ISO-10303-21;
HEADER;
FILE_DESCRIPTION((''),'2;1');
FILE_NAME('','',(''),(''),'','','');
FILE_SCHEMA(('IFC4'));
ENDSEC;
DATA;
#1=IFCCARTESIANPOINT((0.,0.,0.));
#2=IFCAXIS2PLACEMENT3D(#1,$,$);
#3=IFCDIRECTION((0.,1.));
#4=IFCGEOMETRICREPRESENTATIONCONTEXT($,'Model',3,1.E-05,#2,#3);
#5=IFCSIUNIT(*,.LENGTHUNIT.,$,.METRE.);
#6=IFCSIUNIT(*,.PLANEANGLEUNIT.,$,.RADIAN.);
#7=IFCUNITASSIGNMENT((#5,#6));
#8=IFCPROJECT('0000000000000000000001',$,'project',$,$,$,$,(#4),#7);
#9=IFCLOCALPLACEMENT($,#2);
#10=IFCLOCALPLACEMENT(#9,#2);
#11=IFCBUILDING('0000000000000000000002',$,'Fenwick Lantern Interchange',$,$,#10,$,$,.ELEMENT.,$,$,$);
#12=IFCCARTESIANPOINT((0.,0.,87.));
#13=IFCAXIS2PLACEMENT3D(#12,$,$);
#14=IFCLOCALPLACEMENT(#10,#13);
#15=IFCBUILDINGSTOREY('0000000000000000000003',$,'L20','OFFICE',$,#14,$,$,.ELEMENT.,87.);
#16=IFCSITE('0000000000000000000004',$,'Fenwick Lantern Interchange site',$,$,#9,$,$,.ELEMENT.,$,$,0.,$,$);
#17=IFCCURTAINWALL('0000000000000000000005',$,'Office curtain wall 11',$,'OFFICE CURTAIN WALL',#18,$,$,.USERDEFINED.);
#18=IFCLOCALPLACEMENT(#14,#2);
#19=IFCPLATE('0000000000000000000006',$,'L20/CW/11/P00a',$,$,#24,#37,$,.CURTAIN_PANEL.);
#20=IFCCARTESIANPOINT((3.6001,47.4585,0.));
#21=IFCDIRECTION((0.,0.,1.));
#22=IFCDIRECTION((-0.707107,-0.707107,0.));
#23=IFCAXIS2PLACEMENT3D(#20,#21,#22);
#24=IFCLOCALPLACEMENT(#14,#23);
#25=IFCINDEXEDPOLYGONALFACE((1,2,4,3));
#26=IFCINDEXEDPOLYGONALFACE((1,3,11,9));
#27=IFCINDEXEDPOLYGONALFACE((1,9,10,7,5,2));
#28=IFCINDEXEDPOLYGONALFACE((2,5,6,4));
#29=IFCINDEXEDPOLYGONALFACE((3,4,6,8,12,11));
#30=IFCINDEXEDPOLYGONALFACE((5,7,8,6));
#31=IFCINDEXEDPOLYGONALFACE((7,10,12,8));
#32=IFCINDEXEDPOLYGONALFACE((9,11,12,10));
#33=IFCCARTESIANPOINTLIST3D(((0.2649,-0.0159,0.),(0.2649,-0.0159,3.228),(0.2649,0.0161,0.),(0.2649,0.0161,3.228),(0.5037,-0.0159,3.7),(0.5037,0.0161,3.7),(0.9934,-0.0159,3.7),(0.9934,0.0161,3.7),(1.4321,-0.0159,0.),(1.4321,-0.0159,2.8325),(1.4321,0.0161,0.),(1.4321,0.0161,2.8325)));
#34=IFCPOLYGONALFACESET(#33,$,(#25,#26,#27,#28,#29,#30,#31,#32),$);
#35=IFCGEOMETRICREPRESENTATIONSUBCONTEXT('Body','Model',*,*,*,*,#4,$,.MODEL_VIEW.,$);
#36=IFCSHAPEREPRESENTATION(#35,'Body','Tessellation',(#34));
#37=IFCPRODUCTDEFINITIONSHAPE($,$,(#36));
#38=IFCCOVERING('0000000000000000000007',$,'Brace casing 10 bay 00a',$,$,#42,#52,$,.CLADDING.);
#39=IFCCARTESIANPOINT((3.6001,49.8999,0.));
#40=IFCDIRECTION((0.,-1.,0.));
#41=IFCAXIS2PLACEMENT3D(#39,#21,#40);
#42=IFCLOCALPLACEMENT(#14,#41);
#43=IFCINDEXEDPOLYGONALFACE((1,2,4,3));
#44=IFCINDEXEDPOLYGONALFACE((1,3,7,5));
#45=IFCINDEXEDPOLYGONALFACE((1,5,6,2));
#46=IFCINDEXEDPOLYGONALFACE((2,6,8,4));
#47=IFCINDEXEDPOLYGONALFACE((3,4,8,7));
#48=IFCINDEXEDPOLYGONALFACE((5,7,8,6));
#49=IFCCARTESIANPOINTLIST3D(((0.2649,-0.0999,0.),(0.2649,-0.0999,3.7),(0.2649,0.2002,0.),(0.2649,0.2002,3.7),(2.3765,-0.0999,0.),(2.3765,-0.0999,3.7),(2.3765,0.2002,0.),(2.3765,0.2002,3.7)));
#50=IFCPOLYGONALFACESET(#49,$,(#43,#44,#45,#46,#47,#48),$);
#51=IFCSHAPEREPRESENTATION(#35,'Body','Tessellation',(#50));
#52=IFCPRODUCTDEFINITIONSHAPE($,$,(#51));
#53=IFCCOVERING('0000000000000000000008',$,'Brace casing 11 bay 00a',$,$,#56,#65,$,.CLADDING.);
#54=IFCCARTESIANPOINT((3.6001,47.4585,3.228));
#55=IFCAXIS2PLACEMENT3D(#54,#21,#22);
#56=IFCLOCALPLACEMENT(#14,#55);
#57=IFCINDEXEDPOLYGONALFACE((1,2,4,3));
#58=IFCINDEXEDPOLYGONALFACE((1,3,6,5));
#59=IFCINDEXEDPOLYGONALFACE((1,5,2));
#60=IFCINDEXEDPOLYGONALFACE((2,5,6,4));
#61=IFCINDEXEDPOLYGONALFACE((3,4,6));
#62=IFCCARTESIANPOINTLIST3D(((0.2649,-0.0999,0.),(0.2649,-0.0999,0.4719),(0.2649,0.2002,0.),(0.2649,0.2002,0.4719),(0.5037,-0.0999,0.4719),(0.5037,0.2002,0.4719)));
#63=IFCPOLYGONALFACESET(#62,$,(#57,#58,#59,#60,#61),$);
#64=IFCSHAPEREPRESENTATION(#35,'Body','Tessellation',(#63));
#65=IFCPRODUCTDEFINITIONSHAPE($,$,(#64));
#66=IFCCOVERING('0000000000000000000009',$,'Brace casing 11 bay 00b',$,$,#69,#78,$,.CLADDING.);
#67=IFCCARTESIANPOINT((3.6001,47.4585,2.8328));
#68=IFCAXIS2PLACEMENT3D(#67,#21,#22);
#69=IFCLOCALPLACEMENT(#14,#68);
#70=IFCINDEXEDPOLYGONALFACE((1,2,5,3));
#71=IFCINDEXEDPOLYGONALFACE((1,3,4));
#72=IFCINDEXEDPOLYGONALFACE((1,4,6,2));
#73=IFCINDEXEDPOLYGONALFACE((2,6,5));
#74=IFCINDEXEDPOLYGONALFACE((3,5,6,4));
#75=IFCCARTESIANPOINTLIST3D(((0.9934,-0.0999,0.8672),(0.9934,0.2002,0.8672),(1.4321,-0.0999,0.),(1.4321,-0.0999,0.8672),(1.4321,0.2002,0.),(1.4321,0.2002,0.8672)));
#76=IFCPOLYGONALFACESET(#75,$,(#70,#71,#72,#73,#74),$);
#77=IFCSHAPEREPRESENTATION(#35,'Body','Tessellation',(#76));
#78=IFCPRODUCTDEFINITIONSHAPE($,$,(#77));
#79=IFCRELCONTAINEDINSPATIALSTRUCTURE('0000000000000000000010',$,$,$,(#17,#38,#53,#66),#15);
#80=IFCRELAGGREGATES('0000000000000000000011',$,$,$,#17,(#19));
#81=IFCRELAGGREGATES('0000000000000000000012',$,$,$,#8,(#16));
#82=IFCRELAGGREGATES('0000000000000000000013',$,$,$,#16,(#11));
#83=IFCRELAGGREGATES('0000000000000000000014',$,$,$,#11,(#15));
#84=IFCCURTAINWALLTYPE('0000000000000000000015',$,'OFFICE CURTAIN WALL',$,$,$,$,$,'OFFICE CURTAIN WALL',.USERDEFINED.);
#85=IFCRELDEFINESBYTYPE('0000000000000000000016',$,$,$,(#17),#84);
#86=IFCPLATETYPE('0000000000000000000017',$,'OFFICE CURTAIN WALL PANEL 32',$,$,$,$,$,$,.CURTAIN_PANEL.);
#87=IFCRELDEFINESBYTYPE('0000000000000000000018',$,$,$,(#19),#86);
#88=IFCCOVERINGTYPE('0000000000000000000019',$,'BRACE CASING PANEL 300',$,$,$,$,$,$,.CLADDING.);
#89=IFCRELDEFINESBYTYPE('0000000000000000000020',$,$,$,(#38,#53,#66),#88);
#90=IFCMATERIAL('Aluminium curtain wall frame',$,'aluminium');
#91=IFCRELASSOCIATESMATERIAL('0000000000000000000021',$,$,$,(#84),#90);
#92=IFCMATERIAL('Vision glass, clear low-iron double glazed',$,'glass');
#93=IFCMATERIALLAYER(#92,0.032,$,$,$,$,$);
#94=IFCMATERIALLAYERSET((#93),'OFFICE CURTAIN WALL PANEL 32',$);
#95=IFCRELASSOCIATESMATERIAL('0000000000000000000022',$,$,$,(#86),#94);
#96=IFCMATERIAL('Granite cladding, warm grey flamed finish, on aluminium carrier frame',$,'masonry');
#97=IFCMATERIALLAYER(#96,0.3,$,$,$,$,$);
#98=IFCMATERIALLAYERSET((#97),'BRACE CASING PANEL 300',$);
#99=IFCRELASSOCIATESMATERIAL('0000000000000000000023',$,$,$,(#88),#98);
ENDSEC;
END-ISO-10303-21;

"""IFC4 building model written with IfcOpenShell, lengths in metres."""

from ifc_helpers import new_model, si_unit, direction, frame, origin, place, context, subcontext, project, spatial, polyline, outline, extrude, material, layer, layer_set, type_object, element, aggregate, save


model = new_model("IFC4")

# Units and contexts
model_context = context("Model", 3, precision=1e-05, world=origin(), true_north=direction((0.0, 1.0)))
body_context = subcontext(model_context, "Body", "Model", "MODEL_VIEW")
ifc_project = project(units=[si_unit("LENGTHUNIT", "METRE"), si_unit("PLANEANGLEUNIT", "RADIAN")], contexts=[model_context])

# Site, building, storey
site_placement = place(None, origin())
site = spatial("IfcSite", under=ifc_project, at=site_placement, Name="Fenwick Lantern Interchange site", CompositionType="ELEMENT", RefElevation=0.0)
building_placement = place(site_placement, origin())
building = spatial("IfcBuilding", under=site, at=building_placement, Name="Fenwick Lantern Interchange", CompositionType="ELEMENT")
storey_placement = place(building_placement, frame((0.0, 0.0, 87.0)))
storey = spatial("IfcBuildingStorey", under=building, at=storey_placement, Name="L20", Description="OFFICE", CompositionType="ELEMENT", Elevation=87.0)

# Shared definitions
ifc_material_1 = material(Name="Aluminium curtain wall frame", Category="aluminium")
curtain_wall_type = type_object("IfcCurtainWallType", Name="OFFICE CURTAIN WALL", ElementType="OFFICE CURTAIN WALL", PredefinedType="USERDEFINED", material=ifc_material_1)

# Curtain wall
curtain_wall_1_placement = place(storey_placement, origin())
curtain_wall_1 = element("IfcCurtainWall", 1, at=curtain_wall_1_placement, inside=storey, type_object=curtain_wall_type, Name="Office curtain wall 11", ObjectType="OFFICE CURTAIN WALL", PredefinedType="USERDEFINED")

# Plate
ifc_material_2 = material(Name="Vision glass, clear low-iron double glazed", Category="glass")
ifc_layer_1 = layer(ifc_material_2, 0.032)
ifc_layer_set_1 = layer_set([ifc_layer_1], Name="OFFICE CURTAIN WALL PANEL 32")
plate_type = type_object("IfcPlateType", Name="OFFICE CURTAIN WALL PANEL 32", PredefinedType="CURTAIN_PANEL", material=ifc_layer_set_1)
plate_placement = place(storey_placement, frame((3.6001, 47.4585, 0.0), z_axis=(0.0, 0.0, 1.0), x_axis=(-0.707107, -0.707107, 0.0)))
plate = element("IfcPlate", 2, at=plate_placement, type_object=plate_type, Name="L20/CW/11/P00a", PredefinedType="CURTAIN_PANEL", context=body_context, shape_type="SweptSolid", body=[
    extrude(outline(polyline([(0.2649, 0.0), (1.4321, 0.0), (1.4321, 2.8325), (0.9934, 3.7), (0.5037, 3.7), (0.2649, 3.228), (0.2649, 0.0)])), frame((0.0, 0.0161, 0.0), z_axis=(0.0, -1.0, 0.0), x_axis=(1.0, 0.0, 0.0)), (0.0, 0.0, 1.0), 0.032),
])
aggregate(curtain_wall_1, [plate])

# Coverings
ifc_material_3 = material(Name="Granite cladding, warm grey flamed finish, on aluminium carrier frame", Category="masonry")
ifc_layer_2 = layer(ifc_material_3, 0.3)
ifc_layer_set_2 = layer_set([ifc_layer_2], Name="BRACE CASING PANEL 300")
covering_type = type_object("IfcCoveringType", Name="BRACE CASING PANEL 300", PredefinedType="CLADDING", material=ifc_layer_set_2)
covering_1_placement = place(storey_placement, frame((3.6001, 49.8999, 0.0), z_axis=(0.0, 0.0, 1.0), x_axis=(0.0, -1.0, 0.0)))
element("IfcCovering", 3, at=covering_1_placement, inside=storey, type_object=covering_type, Name="Brace casing 10 bay 00a", PredefinedType="CLADDING", context=body_context, shape_type="SweptSolid", body=[
    extrude(outline(polyline([(0.2649, 0.0), (2.3765, 0.0), (2.3765, 3.7), (0.2649, 3.7), (0.2649, 0.0)])), frame((0.0, 0.2002, 0.0), z_axis=(0.0, -1.0, 0.0), x_axis=(1.0, 0.0, 0.0)), (0.0, 0.0, 1.0), 0.3),
])
covering_2_placement = place(storey_placement, frame((3.6001, 47.4585, 3.228), z_axis=(0.0, 0.0, 1.0), x_axis=(-0.707107, -0.707107, 0.0)))
element("IfcCovering", 4, at=covering_2_placement, inside=storey, type_object=covering_type, Name="Brace casing 11 bay 00a", PredefinedType="CLADDING", context=body_context, shape_type="SweptSolid", body=[
    extrude(outline(polyline([(0.2649, 0.0), (0.5037, 0.4719), (0.2649, 0.4719), (0.2649, 0.0)])), frame((0.0, 0.2002, 0.0), z_axis=(0.0, -1.0, 0.0), x_axis=(1.0, 0.0, 0.0)), (0.0, 0.0, 1.0), 0.3),
])
covering_3_placement = place(storey_placement, frame((3.6001, 47.4585, 2.8328), z_axis=(0.0, 0.0, 1.0), x_axis=(-0.707107, -0.707107, 0.0)))
element("IfcCovering", 5, at=covering_3_placement, inside=storey, type_object=covering_type, Name="Brace casing 11 bay 00b", PredefinedType="CLADDING", context=body_context, shape_type="SweptSolid", body=[
    extrude(outline(polyline([(1.4321, 0.0), (1.4321, 0.8672), (0.9934, 0.8672), (1.4321, 0.0)])), frame((0.0, 0.2002, 0.0), z_axis=(0.0, -1.0, 0.0), x_axis=(1.0, 0.0, 0.0)), (0.0, 0.0, 1.0), 0.3),
])

save(model, "model.ifc")
